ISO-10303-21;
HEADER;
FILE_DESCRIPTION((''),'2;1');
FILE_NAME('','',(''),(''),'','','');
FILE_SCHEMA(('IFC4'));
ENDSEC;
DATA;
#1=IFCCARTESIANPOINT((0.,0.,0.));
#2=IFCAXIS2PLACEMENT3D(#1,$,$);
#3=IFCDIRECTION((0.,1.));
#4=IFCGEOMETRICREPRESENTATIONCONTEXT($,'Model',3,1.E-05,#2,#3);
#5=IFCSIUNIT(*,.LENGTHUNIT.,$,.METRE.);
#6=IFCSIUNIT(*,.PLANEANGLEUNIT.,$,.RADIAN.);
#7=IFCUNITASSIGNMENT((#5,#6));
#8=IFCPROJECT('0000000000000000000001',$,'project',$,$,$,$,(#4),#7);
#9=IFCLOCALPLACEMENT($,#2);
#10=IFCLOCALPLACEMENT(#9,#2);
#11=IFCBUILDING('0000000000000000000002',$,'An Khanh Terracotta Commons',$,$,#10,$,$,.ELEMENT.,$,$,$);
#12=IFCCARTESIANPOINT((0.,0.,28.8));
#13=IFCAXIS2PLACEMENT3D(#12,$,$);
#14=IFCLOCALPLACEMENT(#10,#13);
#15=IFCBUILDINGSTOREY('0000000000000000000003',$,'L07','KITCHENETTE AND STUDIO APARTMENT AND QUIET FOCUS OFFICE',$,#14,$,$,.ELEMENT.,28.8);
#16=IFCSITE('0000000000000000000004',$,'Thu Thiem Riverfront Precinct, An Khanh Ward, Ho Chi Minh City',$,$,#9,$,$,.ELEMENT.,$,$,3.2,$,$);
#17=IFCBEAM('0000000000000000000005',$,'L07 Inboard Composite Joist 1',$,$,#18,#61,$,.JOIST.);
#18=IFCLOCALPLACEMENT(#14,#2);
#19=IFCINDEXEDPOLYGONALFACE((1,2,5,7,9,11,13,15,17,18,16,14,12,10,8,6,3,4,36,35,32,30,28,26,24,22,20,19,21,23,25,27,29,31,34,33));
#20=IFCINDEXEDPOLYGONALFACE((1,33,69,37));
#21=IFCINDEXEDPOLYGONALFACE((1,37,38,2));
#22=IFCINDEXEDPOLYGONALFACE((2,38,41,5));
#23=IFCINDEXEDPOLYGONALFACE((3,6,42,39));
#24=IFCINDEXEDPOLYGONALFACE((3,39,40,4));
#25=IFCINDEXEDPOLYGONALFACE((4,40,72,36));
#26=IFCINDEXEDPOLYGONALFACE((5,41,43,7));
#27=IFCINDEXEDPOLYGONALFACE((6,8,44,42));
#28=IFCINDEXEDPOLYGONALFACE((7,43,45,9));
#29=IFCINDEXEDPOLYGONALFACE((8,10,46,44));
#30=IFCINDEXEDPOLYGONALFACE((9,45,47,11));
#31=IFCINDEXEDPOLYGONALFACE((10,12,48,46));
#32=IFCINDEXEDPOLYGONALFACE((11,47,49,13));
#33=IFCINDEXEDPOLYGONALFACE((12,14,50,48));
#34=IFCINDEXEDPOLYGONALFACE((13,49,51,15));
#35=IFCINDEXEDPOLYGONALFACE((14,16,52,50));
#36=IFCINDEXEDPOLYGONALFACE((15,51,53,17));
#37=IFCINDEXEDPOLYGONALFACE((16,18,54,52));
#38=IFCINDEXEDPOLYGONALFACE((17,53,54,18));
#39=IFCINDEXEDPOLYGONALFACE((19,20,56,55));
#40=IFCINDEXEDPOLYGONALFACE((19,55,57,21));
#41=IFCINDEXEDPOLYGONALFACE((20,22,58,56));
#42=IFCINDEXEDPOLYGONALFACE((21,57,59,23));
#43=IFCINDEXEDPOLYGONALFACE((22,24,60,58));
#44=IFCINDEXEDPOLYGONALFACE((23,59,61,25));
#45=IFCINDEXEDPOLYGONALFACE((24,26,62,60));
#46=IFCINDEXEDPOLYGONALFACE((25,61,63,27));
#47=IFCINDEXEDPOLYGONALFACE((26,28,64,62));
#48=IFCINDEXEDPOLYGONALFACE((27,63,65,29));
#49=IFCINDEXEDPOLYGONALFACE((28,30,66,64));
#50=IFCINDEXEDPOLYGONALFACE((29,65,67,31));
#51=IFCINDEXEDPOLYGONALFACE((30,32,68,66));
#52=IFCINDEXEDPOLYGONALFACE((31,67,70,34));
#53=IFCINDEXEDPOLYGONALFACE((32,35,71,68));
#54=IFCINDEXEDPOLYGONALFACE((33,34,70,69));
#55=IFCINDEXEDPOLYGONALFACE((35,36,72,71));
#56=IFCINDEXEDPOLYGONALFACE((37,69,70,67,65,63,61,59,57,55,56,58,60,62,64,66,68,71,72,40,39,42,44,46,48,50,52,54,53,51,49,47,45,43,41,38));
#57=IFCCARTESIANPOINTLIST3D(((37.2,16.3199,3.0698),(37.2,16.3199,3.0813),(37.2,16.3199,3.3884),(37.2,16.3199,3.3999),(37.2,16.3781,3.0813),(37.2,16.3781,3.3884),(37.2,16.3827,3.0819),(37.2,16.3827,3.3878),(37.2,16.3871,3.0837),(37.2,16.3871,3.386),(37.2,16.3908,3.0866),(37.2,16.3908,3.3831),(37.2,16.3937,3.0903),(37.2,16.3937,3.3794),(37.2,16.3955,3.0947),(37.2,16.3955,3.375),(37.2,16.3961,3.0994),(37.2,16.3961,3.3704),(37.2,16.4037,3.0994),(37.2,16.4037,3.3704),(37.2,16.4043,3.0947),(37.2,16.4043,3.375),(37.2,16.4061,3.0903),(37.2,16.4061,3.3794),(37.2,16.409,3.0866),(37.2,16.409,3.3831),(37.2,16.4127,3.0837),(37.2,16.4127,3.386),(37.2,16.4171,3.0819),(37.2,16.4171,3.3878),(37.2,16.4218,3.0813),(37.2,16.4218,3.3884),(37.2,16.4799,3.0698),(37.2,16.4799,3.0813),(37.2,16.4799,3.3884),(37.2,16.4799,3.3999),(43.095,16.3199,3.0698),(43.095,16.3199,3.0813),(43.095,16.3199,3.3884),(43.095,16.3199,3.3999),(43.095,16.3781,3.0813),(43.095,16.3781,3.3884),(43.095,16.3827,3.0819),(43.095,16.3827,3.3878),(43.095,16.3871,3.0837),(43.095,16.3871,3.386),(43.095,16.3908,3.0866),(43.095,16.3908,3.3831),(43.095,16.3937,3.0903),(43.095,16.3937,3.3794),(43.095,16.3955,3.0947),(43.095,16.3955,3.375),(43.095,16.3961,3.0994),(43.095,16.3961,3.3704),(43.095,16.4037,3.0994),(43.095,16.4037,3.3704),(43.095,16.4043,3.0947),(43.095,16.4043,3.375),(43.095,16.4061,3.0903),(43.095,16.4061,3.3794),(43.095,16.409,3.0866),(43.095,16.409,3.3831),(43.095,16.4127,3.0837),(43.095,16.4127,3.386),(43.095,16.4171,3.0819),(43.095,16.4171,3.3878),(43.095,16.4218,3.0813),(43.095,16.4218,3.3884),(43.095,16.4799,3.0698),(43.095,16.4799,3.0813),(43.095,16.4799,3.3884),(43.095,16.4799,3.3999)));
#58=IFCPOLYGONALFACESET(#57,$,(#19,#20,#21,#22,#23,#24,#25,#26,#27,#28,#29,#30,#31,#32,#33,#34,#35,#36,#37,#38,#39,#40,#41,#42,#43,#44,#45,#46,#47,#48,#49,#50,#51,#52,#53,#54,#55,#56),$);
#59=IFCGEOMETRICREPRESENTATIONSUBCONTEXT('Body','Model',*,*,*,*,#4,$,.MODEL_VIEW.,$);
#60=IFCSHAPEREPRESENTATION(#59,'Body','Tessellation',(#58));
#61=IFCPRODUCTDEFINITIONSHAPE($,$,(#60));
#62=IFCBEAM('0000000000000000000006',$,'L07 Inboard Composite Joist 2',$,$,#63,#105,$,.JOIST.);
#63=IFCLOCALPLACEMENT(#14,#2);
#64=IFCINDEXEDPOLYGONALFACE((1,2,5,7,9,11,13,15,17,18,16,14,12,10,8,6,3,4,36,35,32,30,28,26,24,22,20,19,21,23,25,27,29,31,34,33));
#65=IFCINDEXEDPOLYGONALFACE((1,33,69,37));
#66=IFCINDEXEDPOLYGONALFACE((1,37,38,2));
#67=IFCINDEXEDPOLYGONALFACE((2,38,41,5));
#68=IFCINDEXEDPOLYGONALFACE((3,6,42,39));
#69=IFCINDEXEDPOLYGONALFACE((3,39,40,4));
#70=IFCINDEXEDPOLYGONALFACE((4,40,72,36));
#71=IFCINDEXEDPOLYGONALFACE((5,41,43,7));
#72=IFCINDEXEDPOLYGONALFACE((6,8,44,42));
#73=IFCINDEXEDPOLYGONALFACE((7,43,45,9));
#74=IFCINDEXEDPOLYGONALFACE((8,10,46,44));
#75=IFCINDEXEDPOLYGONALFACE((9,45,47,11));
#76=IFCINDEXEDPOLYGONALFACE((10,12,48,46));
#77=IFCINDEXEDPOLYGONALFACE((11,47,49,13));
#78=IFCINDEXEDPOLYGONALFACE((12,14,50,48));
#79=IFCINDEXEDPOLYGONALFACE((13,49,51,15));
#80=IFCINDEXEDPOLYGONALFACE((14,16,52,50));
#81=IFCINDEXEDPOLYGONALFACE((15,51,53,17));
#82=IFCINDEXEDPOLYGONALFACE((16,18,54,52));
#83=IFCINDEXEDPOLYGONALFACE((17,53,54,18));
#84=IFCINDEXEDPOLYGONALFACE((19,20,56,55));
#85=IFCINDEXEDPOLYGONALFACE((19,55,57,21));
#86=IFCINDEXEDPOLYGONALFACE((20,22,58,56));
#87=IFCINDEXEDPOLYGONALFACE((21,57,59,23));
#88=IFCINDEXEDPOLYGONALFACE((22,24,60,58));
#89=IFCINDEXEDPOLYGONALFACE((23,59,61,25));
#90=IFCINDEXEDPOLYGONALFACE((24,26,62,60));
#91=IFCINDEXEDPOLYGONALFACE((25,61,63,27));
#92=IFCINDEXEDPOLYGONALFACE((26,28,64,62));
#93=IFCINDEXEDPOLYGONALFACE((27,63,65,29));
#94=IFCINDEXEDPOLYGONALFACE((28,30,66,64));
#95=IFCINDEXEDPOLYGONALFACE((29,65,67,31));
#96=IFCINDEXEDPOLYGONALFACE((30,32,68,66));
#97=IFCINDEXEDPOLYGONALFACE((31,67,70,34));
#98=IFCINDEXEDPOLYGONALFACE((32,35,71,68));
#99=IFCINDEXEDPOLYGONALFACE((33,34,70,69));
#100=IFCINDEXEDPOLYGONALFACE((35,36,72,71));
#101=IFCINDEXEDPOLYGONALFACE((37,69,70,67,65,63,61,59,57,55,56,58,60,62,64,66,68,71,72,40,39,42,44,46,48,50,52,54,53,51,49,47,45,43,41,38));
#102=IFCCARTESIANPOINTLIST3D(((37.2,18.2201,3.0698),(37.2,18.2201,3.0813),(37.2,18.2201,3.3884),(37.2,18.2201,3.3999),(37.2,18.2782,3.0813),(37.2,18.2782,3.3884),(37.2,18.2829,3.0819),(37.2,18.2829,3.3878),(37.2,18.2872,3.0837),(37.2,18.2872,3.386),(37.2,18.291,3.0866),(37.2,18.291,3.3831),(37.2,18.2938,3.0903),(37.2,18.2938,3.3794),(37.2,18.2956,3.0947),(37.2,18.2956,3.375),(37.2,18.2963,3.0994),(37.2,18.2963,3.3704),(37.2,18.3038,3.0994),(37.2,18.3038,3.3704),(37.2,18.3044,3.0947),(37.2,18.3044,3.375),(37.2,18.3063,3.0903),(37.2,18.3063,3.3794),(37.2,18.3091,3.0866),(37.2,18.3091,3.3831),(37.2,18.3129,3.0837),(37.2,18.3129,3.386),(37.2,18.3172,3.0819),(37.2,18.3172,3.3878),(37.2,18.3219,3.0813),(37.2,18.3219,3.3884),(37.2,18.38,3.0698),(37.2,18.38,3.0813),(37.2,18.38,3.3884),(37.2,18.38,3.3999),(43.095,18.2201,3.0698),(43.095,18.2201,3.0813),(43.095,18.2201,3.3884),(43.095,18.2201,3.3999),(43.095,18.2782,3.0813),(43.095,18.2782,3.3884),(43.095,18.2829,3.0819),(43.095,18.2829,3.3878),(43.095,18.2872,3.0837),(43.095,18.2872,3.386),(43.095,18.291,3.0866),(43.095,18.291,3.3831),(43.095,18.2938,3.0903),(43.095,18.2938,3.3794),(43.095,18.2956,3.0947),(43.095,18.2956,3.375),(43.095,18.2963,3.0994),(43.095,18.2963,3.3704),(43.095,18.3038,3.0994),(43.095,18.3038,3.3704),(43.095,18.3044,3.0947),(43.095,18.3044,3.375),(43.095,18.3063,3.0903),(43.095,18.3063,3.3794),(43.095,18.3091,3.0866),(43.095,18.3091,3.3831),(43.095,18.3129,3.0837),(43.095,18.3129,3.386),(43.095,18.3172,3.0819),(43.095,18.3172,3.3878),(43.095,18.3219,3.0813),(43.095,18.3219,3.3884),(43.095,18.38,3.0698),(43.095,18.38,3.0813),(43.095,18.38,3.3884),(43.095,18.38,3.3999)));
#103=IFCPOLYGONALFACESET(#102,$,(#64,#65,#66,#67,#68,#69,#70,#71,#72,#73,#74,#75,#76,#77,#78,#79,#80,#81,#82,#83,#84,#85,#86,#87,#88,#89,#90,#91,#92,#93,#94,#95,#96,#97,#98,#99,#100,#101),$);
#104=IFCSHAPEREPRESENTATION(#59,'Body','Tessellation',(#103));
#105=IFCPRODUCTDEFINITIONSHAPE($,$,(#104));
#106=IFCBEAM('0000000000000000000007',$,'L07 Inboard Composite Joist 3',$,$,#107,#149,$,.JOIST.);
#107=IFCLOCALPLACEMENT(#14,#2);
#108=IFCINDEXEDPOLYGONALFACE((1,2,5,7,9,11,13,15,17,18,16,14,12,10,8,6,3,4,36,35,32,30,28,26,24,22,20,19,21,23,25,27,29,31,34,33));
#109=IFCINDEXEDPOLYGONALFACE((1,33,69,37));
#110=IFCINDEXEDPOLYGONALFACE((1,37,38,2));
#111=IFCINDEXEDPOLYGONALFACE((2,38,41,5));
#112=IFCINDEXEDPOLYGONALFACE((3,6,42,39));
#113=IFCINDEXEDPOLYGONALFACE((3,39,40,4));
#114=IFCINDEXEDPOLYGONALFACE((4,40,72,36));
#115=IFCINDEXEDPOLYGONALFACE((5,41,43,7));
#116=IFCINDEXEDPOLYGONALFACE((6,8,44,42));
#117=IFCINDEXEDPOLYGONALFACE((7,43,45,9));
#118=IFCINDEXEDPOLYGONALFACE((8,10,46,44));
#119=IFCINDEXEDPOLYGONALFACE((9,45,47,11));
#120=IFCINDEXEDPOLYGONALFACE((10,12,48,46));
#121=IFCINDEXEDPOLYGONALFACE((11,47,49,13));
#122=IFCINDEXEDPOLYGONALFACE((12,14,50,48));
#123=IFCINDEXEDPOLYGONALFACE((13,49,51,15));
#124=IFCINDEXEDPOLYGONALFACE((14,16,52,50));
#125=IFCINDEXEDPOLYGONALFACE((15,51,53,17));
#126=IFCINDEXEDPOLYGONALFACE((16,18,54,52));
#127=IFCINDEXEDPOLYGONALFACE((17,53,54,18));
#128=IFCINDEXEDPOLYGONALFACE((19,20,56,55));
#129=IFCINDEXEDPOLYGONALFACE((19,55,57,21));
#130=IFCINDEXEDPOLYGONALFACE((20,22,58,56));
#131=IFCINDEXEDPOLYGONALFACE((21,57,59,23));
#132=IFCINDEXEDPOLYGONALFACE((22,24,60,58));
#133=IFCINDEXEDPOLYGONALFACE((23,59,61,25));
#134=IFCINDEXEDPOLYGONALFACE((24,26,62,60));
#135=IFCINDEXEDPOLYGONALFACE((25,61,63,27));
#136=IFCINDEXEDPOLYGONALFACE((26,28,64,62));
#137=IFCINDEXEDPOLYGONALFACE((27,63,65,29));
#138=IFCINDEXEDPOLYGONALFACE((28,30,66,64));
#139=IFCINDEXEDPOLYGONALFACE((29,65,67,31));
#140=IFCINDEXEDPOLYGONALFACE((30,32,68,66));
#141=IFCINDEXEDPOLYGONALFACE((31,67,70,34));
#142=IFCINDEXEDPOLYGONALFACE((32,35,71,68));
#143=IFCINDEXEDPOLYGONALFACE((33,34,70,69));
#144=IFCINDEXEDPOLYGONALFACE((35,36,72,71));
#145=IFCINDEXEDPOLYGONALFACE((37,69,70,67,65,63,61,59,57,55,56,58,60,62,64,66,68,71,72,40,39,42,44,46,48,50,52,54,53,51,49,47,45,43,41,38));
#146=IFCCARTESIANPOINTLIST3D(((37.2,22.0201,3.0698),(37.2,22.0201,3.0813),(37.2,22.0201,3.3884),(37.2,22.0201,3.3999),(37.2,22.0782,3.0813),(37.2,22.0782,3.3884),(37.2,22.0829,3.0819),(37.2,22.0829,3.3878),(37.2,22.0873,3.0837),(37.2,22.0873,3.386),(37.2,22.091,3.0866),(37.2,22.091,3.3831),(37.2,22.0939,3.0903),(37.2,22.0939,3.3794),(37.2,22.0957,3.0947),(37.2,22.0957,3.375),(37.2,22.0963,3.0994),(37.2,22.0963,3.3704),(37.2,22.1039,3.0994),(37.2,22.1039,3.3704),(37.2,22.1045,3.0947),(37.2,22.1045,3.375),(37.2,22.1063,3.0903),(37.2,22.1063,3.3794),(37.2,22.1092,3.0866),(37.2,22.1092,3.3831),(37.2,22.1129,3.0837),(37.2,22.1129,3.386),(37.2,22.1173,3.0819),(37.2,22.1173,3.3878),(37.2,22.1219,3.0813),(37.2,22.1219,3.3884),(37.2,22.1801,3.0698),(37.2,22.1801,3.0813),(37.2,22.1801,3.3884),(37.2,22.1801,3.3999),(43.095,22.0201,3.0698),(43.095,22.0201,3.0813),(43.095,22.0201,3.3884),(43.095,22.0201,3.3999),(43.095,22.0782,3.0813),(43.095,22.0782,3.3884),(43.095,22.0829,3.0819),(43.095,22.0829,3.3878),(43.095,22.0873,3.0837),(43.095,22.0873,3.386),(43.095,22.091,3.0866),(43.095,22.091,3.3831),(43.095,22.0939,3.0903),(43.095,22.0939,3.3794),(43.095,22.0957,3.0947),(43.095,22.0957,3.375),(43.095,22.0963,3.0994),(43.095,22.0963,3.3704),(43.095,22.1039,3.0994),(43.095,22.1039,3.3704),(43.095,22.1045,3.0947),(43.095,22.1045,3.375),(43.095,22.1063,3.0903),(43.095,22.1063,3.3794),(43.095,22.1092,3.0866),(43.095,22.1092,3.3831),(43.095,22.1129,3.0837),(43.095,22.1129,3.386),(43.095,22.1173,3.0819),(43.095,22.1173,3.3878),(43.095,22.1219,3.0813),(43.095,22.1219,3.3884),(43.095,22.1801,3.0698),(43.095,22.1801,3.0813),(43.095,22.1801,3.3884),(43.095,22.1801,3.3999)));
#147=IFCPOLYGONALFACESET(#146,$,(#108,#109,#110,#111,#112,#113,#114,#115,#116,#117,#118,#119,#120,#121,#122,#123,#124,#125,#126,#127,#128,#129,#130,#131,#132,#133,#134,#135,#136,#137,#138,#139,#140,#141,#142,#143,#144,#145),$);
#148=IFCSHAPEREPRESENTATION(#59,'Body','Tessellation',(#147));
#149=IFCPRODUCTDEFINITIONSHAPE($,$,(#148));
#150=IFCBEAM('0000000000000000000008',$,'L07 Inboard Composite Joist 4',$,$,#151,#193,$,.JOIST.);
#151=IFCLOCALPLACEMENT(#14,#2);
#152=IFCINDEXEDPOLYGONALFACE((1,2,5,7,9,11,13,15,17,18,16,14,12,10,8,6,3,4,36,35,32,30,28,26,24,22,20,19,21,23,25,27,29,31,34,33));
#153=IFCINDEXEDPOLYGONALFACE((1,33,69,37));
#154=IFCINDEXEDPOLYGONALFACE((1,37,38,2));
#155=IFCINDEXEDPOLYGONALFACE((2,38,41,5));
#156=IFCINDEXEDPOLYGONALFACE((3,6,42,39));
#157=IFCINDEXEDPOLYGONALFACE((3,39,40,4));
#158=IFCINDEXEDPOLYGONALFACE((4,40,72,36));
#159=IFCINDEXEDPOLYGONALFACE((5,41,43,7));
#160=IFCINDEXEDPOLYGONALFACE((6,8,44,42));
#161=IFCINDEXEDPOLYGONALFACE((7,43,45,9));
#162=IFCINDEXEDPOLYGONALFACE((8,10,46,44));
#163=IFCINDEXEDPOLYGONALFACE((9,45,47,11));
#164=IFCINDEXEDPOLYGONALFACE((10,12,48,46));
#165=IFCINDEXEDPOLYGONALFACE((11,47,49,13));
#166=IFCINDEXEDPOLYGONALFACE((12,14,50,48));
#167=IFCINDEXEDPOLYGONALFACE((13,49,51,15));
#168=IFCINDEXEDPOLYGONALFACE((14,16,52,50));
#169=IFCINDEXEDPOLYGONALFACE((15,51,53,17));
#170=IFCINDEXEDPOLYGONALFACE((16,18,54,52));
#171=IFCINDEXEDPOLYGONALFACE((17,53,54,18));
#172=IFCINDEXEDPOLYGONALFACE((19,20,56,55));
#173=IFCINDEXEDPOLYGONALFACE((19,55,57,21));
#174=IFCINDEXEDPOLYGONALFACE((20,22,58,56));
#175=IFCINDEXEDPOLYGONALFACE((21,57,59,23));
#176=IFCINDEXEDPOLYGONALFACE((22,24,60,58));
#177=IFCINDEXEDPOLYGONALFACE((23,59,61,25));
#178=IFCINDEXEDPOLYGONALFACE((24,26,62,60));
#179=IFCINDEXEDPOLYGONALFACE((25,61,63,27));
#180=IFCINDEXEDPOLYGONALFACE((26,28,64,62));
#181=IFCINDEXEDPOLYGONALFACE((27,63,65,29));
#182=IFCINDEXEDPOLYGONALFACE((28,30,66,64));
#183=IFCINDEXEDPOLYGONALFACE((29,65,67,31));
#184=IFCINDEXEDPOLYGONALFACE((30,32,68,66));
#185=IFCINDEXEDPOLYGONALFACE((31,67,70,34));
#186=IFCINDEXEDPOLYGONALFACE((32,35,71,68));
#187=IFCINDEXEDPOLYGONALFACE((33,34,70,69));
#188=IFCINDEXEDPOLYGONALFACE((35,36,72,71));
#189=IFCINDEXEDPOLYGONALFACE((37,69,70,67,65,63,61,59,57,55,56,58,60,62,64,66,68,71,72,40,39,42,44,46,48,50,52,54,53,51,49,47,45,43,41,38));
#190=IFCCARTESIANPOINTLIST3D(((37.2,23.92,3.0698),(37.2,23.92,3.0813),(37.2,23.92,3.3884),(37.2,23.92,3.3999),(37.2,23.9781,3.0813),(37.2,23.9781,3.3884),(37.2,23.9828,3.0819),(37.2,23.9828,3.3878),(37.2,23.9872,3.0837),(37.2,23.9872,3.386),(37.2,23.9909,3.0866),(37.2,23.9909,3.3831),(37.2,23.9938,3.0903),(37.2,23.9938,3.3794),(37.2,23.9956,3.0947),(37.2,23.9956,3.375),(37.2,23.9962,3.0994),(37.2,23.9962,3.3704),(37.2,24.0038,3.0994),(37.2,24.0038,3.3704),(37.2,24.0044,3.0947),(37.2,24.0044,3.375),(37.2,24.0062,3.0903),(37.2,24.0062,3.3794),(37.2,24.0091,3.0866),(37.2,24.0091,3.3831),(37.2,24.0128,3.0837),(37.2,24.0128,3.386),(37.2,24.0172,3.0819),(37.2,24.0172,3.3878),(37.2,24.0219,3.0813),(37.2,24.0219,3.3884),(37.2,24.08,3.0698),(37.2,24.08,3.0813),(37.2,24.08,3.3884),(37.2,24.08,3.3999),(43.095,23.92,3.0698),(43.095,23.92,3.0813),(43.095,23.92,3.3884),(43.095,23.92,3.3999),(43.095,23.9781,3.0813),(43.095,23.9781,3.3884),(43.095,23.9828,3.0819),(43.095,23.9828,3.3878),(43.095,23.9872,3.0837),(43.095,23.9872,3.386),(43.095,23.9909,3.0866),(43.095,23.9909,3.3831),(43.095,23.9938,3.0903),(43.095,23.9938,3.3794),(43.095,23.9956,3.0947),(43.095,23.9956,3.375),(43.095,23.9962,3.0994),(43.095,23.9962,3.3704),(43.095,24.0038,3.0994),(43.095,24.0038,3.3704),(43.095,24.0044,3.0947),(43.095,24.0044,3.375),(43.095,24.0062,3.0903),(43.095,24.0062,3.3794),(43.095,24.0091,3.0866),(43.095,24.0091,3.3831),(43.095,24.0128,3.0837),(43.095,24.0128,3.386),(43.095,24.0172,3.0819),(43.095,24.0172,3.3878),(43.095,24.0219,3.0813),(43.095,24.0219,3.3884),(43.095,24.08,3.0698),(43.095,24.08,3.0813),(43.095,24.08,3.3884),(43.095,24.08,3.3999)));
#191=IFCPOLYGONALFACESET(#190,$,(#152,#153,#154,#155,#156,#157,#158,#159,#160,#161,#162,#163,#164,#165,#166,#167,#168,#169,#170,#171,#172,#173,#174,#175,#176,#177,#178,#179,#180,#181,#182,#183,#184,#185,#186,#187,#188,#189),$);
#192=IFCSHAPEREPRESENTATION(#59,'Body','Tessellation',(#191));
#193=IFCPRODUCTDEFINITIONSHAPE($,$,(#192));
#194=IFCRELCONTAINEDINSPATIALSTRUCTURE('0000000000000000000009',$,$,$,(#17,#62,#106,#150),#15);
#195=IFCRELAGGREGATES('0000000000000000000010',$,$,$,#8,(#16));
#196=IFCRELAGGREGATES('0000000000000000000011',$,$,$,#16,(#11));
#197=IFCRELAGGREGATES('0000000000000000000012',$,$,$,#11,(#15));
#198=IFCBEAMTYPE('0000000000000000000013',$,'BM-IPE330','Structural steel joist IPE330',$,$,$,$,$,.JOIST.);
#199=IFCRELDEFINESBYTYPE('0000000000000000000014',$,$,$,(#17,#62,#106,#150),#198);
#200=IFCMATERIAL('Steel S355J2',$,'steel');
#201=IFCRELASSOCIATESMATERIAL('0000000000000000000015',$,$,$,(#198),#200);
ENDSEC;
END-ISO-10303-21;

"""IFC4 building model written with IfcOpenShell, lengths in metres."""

from ifc_helpers import new_model, si_unit, direction, frame, origin, origin_2d, place, context, subcontext, project, spatial, i_section, extrude, material, material_profile, profile_set, type_object, element, save


model = new_model("IFC4")

# Units and contexts
model_context = context("Model", 3, precision=1e-05, world=origin(), true_north=direction((0.0, 1.0)))
body_context = subcontext(model_context, "Body", "Model", "MODEL_VIEW")
ifc_project = project(units=[si_unit("LENGTHUNIT", "METRE"), si_unit("PLANEANGLEUNIT", "RADIAN")], contexts=[model_context])

# Site, building, storey
site_placement = place(None, origin())
site = spatial("IfcSite", under=ifc_project, at=site_placement, Name="Thu Thiem Riverfront Precinct, An Khanh Ward, Ho Chi Minh City", CompositionType="ELEMENT", RefElevation=3.2)
building_placement = place(site_placement, origin())
building = spatial("IfcBuilding", under=site, at=building_placement, Name="An Khanh Terracotta Commons", CompositionType="ELEMENT")
storey_placement = place(building_placement, frame((0.0, 0.0, 28.8)))
storey = spatial("IfcBuildingStorey", under=building, at=storey_placement, Name="L07", Description="KITCHENETTE AND STUDIO APARTMENT AND QUIET FOCUS OFFICE", CompositionType="ELEMENT", Elevation=28.8)

# Beams
ifc_material_1 = material(Name="Steel S355J2", Category="steel")
ifc_material_profile_1 = material_profile(ifc_material_1, i_section(OverallWidth=0.1599, OverallDepth=0.3301, WebThickness=0.0076, FlangeThickness=0.0115, FilletRadius=0.0181, at=origin_2d()), Name="IPE330")
ifc_profile_set_1 = profile_set([ifc_material_profile_1], Name="Steel S355J2")
beam_type_1 = type_object("IfcBeamType", Name="BM-IPE330", Description="Structural steel joist IPE330", PredefinedType="JOIST", material=ifc_profile_set_1)
for number, where, z_axis, x_axis, name in (
    (1, (37.2, 16.3999, 3.2349), (1.0, 0.0, 0.0), (0.0, 1.0, 0.0), "L07 Inboard Composite Joist 1"),
    (2, (37.2, 18.3, 3.2349), (1.0, 0.0, 0.0), (0.0, 1.0, 0.0), "L07 Inboard Composite Joist 2"),
    (3, (37.2, 22.1001, 3.2349), (1.0, 0.0, 0.0), (0.0, 1.0, 0.0), "L07 Inboard Composite Joist 3"),
    (4, (37.2, 24.0, 3.2349), (1.0, 0.0, 0.0), (0.0, 1.0, 0.0), "L07 Inboard Composite Joist 4"),
):
    element("IfcBeam", number, at=place(storey_placement, frame(where, z_axis=z_axis, x_axis=x_axis)), inside=storey, type_object=beam_type_1, Name=name, PredefinedType="JOIST", context=body_context, shape_type="SweptSolid", body=[
        extrude(i_section(OverallWidth=0.1599, OverallDepth=0.3301, WebThickness=0.0076, FlangeThickness=0.0115, FilletRadius=0.0181, at=origin_2d()), origin(), (0.0, 0.0, 1.0), 5.895),
    ])

save(model, "model.ifc")
